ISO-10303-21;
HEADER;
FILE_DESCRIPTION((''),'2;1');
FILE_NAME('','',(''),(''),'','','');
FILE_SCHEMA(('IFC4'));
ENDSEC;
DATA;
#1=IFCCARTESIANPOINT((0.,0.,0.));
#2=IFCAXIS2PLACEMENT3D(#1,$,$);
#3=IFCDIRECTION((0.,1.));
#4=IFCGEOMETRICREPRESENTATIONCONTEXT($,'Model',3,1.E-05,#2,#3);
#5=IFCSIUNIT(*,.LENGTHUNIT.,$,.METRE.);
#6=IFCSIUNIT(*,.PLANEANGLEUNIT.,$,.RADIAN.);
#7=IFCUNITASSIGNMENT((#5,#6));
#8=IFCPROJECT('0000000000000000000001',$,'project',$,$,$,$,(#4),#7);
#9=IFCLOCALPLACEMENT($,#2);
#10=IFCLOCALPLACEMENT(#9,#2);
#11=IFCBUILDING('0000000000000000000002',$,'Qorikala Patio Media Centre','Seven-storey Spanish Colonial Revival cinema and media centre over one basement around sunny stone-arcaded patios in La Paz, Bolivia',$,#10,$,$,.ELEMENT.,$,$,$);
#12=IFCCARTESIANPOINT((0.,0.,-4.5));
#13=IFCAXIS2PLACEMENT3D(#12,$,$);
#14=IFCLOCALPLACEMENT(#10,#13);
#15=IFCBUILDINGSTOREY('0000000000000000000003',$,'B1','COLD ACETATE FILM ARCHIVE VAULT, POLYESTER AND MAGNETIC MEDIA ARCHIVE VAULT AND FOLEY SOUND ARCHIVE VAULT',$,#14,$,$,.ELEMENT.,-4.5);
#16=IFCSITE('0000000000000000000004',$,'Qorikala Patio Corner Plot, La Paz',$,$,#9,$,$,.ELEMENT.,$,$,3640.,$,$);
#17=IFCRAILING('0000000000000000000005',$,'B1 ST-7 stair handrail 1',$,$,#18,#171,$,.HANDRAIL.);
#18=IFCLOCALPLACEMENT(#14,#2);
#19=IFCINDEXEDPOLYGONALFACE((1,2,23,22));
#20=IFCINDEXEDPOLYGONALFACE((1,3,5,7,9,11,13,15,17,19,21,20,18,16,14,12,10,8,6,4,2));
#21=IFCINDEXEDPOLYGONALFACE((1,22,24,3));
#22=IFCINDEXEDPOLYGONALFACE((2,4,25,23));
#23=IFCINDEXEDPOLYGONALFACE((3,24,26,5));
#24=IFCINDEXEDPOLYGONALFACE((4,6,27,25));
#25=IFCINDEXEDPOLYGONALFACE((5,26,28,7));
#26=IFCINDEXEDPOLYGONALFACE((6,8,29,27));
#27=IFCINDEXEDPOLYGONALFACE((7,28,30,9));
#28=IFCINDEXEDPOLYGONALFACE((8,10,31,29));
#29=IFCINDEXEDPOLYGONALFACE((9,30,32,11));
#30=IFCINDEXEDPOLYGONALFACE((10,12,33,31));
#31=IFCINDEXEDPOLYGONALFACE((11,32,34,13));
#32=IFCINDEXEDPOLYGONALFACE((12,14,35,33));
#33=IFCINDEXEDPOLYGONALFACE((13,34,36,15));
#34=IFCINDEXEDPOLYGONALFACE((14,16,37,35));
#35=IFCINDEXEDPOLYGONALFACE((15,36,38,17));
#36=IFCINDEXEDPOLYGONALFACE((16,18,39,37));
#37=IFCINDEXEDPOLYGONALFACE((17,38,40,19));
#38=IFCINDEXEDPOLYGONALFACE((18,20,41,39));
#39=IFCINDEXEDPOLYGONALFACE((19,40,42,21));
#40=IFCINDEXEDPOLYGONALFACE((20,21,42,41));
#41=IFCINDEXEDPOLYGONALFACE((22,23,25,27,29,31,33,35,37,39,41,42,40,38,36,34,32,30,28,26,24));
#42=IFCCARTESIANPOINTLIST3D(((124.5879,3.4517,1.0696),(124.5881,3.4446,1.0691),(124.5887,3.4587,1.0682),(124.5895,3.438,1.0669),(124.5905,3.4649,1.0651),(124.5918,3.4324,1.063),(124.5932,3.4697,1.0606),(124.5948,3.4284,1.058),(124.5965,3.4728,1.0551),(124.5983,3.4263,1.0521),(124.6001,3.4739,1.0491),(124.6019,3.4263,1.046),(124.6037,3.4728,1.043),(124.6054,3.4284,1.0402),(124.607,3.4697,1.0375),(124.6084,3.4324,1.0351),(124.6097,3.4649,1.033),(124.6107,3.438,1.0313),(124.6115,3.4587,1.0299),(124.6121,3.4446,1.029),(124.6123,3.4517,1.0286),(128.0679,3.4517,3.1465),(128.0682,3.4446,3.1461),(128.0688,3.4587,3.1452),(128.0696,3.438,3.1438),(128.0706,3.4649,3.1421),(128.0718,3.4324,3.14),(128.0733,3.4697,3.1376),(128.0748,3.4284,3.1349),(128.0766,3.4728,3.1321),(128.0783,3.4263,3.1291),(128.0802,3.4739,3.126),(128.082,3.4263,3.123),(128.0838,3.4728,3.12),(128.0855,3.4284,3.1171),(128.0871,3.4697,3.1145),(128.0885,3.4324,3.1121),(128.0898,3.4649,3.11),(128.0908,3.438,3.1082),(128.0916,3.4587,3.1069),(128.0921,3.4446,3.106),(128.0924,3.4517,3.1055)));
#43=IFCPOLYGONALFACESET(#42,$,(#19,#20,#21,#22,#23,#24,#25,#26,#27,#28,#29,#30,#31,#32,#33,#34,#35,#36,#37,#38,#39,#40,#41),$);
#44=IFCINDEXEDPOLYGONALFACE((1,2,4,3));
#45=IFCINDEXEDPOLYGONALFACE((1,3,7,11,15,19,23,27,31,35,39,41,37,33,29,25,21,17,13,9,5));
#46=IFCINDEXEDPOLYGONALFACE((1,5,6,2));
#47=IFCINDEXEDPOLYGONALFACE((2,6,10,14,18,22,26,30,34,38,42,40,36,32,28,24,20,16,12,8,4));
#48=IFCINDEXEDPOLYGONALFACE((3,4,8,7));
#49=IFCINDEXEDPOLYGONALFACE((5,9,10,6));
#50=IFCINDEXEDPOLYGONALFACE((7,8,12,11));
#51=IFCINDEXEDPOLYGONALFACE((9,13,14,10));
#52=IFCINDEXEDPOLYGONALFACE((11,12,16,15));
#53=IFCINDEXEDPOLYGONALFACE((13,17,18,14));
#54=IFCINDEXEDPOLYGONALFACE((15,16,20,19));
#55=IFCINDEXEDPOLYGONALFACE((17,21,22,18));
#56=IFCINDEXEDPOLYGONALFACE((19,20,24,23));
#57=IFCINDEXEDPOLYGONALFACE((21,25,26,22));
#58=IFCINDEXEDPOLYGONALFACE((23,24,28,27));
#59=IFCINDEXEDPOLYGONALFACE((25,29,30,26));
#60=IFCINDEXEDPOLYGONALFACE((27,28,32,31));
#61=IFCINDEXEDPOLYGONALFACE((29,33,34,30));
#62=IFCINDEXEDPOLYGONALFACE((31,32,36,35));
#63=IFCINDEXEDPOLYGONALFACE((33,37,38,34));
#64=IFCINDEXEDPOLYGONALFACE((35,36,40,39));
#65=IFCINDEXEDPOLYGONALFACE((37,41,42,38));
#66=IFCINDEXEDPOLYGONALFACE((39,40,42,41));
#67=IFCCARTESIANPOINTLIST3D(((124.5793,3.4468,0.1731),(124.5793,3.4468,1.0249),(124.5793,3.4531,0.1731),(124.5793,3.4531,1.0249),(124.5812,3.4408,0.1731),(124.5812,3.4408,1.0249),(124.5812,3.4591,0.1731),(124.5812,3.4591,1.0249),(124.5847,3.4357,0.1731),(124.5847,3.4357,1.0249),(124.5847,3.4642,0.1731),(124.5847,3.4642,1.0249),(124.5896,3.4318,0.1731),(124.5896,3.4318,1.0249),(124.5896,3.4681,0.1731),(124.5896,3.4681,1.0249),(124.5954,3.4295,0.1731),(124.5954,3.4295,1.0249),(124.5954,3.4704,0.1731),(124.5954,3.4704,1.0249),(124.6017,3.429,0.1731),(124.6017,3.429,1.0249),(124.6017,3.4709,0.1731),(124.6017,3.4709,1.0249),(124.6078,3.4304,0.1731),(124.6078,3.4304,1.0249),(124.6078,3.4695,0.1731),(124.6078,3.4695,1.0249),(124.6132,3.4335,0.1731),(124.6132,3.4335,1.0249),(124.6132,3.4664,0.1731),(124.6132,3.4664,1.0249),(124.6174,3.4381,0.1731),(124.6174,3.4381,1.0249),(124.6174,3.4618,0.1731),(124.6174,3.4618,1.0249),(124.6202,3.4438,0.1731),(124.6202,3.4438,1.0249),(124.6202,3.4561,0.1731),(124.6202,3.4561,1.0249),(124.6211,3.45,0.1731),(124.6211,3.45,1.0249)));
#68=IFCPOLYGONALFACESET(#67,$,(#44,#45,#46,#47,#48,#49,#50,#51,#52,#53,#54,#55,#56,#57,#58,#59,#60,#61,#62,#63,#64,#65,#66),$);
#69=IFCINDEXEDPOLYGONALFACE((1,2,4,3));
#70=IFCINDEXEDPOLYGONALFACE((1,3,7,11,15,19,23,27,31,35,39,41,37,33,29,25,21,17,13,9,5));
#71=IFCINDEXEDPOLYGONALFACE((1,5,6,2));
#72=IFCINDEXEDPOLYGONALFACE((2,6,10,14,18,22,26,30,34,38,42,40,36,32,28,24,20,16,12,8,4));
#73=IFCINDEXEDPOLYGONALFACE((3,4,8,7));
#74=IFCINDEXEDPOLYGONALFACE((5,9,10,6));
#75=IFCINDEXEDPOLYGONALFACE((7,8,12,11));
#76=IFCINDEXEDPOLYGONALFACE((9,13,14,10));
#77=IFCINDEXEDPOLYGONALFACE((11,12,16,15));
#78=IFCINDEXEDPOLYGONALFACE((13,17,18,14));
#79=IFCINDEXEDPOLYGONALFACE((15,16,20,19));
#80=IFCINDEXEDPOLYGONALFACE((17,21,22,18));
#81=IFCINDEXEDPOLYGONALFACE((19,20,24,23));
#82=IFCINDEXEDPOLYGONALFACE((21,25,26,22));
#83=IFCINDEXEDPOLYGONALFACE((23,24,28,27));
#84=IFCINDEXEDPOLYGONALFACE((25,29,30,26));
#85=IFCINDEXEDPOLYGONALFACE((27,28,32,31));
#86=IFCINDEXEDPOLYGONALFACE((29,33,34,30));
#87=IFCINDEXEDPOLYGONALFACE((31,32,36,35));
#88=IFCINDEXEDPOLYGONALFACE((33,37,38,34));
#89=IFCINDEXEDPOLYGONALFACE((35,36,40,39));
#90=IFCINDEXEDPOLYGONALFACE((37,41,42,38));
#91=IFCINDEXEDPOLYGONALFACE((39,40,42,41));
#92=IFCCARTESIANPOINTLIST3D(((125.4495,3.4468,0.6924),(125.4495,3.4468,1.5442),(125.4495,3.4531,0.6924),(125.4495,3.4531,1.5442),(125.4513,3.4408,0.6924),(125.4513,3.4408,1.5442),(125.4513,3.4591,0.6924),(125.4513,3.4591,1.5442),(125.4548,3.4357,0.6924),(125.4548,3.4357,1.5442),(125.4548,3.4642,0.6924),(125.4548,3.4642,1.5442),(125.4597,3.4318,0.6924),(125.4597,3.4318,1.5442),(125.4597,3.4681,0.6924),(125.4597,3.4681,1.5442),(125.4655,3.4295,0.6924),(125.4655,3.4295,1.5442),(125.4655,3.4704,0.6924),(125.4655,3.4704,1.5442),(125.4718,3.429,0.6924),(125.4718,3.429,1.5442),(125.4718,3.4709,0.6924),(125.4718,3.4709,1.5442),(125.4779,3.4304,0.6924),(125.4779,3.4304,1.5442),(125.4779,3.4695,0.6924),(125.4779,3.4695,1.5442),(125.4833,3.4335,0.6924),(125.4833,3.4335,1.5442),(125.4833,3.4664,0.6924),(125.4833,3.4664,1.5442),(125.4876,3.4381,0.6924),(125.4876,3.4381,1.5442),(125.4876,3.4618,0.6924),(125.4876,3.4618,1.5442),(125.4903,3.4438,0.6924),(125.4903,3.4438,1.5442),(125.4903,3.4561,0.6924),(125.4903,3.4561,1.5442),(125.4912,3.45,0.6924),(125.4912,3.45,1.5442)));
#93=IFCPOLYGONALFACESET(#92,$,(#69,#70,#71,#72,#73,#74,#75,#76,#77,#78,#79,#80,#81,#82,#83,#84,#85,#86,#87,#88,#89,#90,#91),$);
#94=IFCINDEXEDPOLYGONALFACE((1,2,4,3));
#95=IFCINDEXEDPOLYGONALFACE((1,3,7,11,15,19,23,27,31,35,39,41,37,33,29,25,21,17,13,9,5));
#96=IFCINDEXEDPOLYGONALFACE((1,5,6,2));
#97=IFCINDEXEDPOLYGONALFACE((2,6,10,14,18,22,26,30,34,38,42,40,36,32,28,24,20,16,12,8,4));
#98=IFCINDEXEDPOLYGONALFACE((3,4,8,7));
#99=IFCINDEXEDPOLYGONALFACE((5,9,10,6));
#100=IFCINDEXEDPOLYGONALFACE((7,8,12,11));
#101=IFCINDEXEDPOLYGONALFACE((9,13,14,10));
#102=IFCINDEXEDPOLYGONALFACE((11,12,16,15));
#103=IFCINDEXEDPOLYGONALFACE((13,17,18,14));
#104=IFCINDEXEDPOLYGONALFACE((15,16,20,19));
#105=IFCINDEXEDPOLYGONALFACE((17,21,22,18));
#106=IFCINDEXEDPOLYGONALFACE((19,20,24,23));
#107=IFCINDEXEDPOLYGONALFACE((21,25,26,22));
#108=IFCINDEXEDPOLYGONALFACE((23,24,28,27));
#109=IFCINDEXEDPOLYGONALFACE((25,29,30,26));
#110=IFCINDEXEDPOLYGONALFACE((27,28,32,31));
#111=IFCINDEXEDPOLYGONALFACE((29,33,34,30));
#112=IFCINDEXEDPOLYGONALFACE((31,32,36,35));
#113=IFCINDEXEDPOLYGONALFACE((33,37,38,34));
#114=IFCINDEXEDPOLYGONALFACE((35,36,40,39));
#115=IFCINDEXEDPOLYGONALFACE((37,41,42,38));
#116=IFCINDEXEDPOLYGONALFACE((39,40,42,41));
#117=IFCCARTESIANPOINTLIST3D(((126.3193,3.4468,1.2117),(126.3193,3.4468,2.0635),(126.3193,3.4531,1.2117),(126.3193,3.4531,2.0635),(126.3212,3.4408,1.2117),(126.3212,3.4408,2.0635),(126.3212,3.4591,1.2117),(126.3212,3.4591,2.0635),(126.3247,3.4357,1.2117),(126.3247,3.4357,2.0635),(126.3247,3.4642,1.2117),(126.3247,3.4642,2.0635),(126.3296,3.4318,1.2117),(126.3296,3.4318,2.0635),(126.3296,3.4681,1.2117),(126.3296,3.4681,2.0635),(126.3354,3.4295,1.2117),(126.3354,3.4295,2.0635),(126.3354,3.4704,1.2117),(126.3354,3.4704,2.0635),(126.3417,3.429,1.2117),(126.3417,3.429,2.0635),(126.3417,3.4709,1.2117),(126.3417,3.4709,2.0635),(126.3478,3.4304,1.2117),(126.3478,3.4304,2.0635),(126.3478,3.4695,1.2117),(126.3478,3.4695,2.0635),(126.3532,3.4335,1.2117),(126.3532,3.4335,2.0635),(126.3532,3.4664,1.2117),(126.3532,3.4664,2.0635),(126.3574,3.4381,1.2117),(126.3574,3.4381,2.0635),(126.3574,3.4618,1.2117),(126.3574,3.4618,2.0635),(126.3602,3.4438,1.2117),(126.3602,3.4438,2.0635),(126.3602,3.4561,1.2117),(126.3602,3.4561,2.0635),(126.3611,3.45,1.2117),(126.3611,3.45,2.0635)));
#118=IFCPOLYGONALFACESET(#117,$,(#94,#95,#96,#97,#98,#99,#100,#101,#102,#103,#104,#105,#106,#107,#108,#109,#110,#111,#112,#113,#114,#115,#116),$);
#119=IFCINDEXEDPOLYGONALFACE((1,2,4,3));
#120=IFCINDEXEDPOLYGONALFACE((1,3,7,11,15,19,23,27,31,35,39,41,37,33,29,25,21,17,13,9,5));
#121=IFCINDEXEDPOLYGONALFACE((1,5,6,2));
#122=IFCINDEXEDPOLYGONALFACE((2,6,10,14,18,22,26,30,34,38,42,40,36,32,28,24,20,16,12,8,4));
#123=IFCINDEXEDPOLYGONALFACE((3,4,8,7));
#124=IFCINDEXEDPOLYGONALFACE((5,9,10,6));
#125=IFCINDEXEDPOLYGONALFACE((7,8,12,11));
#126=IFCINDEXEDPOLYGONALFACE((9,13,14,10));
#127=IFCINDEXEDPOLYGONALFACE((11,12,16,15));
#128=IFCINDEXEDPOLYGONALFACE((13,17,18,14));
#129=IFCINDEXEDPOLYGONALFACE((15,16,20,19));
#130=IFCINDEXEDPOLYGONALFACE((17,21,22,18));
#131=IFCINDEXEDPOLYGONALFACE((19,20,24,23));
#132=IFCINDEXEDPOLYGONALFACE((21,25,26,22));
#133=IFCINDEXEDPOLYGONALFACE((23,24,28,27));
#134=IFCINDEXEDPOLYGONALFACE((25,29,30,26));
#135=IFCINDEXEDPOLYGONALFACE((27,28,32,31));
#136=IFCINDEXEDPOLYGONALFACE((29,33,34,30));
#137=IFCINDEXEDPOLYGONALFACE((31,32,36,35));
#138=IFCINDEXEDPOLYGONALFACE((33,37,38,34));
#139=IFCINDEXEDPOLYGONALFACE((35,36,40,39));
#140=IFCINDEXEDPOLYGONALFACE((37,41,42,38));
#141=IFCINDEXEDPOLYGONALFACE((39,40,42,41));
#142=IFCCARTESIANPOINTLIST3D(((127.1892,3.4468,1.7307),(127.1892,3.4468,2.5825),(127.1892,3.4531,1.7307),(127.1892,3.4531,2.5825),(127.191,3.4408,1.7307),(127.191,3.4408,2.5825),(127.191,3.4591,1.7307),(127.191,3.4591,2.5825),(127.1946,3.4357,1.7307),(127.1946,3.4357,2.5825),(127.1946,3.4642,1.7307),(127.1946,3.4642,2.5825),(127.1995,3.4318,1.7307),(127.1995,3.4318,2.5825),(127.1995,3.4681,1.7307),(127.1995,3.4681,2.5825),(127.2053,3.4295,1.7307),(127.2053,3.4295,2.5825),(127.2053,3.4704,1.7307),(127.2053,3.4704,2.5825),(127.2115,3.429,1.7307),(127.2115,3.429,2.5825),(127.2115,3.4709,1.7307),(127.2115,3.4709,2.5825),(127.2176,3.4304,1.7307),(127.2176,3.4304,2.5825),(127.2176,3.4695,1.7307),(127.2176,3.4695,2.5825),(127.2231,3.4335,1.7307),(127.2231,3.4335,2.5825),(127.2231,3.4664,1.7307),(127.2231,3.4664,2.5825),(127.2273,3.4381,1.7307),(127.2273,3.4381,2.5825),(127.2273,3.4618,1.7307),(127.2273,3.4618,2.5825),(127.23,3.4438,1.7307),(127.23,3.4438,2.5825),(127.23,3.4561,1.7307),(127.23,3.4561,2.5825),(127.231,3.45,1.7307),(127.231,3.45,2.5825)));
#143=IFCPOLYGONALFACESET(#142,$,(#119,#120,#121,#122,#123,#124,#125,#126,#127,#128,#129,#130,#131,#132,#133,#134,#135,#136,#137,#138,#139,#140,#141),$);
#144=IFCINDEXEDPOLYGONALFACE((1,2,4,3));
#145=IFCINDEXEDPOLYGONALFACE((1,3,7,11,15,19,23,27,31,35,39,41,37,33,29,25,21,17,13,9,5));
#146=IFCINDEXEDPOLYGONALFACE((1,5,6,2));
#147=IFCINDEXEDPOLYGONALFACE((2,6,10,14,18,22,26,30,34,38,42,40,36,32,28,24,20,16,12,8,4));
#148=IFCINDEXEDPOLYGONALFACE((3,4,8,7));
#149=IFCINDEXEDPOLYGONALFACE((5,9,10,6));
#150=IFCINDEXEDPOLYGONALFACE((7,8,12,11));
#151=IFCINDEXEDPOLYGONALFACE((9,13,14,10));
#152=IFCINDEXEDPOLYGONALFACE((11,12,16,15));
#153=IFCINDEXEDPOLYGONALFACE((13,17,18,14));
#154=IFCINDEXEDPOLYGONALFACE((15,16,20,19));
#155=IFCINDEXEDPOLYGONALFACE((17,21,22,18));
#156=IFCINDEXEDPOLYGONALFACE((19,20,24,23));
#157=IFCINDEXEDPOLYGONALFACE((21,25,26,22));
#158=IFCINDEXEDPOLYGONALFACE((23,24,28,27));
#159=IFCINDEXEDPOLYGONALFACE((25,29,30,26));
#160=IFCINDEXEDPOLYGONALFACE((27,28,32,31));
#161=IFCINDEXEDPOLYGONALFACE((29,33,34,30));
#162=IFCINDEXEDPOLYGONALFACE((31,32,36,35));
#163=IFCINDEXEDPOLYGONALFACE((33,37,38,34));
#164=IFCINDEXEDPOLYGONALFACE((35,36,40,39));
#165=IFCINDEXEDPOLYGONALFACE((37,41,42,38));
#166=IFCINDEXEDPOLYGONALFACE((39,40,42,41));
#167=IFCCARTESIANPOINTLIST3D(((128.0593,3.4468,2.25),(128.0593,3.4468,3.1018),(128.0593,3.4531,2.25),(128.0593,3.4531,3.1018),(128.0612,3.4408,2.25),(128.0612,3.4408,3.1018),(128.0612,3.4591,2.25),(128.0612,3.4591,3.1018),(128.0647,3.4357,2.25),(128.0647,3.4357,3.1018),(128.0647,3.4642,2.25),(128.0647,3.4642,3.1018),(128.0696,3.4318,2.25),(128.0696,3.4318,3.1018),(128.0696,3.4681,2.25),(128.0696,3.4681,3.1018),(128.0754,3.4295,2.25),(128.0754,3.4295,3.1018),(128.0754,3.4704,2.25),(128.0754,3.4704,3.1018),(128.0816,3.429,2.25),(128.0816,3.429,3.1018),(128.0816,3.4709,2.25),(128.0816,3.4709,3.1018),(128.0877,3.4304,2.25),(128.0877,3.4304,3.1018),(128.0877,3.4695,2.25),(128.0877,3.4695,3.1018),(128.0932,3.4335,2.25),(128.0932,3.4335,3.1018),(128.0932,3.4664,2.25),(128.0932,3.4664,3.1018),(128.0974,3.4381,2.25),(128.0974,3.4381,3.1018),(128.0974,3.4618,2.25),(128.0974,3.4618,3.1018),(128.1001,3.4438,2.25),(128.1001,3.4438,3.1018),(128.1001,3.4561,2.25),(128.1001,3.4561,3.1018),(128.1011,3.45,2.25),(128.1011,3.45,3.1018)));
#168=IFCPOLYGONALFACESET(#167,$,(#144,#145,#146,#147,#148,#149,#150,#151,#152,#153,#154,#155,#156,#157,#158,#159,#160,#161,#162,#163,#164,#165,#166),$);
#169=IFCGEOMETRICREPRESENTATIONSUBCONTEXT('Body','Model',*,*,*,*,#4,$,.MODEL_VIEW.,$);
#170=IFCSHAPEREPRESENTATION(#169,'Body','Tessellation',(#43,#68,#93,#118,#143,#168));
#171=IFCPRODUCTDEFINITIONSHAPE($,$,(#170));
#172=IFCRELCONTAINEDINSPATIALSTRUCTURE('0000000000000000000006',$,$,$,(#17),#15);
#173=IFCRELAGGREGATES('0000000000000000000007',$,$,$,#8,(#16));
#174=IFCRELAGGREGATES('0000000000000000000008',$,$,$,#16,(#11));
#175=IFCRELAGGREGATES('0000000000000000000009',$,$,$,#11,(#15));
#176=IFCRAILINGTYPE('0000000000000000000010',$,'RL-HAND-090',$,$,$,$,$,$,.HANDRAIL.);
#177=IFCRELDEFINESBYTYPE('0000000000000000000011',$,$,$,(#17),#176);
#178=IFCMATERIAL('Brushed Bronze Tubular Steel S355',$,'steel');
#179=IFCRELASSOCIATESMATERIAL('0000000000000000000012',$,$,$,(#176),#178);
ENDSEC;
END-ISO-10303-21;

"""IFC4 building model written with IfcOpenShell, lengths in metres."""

from ifc_helpers import new_model, si_unit, direction, frame, origin, origin_2d, place, context, subcontext, project, spatial, circle, extrude, material, type_object, element, save


model = new_model("IFC4")

# Units and contexts
model_context = context("Model", 3, precision=1e-05, world=origin(), true_north=direction((0.0, 1.0)))
body_context = subcontext(model_context, "Body", "Model", "MODEL_VIEW")
ifc_project = project(units=[si_unit("LENGTHUNIT", "METRE"), si_unit("PLANEANGLEUNIT", "RADIAN")], contexts=[model_context])

# Site, building, storey
site_placement = place(None, origin())
site = spatial("IfcSite", under=ifc_project, at=site_placement, Name="Qorikala Patio Corner Plot, La Paz", CompositionType="ELEMENT", RefElevation=3640.0)
building_placement = place(site_placement, origin())
building = spatial("IfcBuilding", under=site, at=building_placement, Name="Qorikala Patio Media Centre", Description="Seven-storey Spanish Colonial Revival cinema and media centre over one basement around sunny stone-arcaded patios in La Paz, Bolivia", CompositionType="ELEMENT")
storey_placement = place(building_placement, frame((0.0, 0.0, -4.5)))
storey = spatial("IfcBuildingStorey", under=building, at=storey_placement, Name="B1", Description="COLD ACETATE FILM ARCHIVE VAULT, POLYESTER AND MAGNETIC MEDIA ARCHIVE VAULT AND FOLEY SOUND ARCHIVE VAULT", CompositionType="ELEMENT", Elevation=-4.5)

# Railing
ifc_material_1 = material(Name="Brushed Bronze Tubular Steel S355", Category="steel")
railing_type_1 = type_object("IfcRailingType", Name="RL-HAND-090", PredefinedType="HANDRAIL", material=ifc_material_1)
railing_1_placement = place(storey_placement, frame((124.6001, 3.45, 0.1731)))
element("IfcRailing", 1, at=railing_1_placement, inside=storey, type_object=railing_type_1, Name="B1 ST-7 stair handrail 1", PredefinedType="HANDRAIL", context=body_context, shape_type="SweptSolid", body=[
    extrude(circle(Radius=0.0239, at=origin_2d()), frame((0.0, 0.0, 0.876), z_axis=(0.858697, 0.0, 0.512483), x_axis=(0.0, 1.0, 0.0)), (0.0, 0.0, 1.0), 4.0527),
    extrude(circle(Radius=0.021, at=origin_2d()), origin(), (0.0, 0.0, 1.0), 0.8518),
    extrude(circle(Radius=0.021, at=origin_2d()), frame((0.8701, 0.0, 0.5193)), (0.0, 0.0, 1.0), 0.8518),
    extrude(circle(Radius=0.021, at=origin_2d()), frame((1.74, 0.0, 1.0386)), (0.0, 0.0, 1.0), 0.8518),
    extrude(circle(Radius=0.021, at=origin_2d()), frame((2.6099, 0.0, 1.5576)), (0.0, 0.0, 1.0), 0.8518),
    extrude(circle(Radius=0.021, at=origin_2d()), frame((3.48, 0.0, 2.0769)), (0.0, 0.0, 1.0), 0.8518),
])

save(model, "model.ifc")
